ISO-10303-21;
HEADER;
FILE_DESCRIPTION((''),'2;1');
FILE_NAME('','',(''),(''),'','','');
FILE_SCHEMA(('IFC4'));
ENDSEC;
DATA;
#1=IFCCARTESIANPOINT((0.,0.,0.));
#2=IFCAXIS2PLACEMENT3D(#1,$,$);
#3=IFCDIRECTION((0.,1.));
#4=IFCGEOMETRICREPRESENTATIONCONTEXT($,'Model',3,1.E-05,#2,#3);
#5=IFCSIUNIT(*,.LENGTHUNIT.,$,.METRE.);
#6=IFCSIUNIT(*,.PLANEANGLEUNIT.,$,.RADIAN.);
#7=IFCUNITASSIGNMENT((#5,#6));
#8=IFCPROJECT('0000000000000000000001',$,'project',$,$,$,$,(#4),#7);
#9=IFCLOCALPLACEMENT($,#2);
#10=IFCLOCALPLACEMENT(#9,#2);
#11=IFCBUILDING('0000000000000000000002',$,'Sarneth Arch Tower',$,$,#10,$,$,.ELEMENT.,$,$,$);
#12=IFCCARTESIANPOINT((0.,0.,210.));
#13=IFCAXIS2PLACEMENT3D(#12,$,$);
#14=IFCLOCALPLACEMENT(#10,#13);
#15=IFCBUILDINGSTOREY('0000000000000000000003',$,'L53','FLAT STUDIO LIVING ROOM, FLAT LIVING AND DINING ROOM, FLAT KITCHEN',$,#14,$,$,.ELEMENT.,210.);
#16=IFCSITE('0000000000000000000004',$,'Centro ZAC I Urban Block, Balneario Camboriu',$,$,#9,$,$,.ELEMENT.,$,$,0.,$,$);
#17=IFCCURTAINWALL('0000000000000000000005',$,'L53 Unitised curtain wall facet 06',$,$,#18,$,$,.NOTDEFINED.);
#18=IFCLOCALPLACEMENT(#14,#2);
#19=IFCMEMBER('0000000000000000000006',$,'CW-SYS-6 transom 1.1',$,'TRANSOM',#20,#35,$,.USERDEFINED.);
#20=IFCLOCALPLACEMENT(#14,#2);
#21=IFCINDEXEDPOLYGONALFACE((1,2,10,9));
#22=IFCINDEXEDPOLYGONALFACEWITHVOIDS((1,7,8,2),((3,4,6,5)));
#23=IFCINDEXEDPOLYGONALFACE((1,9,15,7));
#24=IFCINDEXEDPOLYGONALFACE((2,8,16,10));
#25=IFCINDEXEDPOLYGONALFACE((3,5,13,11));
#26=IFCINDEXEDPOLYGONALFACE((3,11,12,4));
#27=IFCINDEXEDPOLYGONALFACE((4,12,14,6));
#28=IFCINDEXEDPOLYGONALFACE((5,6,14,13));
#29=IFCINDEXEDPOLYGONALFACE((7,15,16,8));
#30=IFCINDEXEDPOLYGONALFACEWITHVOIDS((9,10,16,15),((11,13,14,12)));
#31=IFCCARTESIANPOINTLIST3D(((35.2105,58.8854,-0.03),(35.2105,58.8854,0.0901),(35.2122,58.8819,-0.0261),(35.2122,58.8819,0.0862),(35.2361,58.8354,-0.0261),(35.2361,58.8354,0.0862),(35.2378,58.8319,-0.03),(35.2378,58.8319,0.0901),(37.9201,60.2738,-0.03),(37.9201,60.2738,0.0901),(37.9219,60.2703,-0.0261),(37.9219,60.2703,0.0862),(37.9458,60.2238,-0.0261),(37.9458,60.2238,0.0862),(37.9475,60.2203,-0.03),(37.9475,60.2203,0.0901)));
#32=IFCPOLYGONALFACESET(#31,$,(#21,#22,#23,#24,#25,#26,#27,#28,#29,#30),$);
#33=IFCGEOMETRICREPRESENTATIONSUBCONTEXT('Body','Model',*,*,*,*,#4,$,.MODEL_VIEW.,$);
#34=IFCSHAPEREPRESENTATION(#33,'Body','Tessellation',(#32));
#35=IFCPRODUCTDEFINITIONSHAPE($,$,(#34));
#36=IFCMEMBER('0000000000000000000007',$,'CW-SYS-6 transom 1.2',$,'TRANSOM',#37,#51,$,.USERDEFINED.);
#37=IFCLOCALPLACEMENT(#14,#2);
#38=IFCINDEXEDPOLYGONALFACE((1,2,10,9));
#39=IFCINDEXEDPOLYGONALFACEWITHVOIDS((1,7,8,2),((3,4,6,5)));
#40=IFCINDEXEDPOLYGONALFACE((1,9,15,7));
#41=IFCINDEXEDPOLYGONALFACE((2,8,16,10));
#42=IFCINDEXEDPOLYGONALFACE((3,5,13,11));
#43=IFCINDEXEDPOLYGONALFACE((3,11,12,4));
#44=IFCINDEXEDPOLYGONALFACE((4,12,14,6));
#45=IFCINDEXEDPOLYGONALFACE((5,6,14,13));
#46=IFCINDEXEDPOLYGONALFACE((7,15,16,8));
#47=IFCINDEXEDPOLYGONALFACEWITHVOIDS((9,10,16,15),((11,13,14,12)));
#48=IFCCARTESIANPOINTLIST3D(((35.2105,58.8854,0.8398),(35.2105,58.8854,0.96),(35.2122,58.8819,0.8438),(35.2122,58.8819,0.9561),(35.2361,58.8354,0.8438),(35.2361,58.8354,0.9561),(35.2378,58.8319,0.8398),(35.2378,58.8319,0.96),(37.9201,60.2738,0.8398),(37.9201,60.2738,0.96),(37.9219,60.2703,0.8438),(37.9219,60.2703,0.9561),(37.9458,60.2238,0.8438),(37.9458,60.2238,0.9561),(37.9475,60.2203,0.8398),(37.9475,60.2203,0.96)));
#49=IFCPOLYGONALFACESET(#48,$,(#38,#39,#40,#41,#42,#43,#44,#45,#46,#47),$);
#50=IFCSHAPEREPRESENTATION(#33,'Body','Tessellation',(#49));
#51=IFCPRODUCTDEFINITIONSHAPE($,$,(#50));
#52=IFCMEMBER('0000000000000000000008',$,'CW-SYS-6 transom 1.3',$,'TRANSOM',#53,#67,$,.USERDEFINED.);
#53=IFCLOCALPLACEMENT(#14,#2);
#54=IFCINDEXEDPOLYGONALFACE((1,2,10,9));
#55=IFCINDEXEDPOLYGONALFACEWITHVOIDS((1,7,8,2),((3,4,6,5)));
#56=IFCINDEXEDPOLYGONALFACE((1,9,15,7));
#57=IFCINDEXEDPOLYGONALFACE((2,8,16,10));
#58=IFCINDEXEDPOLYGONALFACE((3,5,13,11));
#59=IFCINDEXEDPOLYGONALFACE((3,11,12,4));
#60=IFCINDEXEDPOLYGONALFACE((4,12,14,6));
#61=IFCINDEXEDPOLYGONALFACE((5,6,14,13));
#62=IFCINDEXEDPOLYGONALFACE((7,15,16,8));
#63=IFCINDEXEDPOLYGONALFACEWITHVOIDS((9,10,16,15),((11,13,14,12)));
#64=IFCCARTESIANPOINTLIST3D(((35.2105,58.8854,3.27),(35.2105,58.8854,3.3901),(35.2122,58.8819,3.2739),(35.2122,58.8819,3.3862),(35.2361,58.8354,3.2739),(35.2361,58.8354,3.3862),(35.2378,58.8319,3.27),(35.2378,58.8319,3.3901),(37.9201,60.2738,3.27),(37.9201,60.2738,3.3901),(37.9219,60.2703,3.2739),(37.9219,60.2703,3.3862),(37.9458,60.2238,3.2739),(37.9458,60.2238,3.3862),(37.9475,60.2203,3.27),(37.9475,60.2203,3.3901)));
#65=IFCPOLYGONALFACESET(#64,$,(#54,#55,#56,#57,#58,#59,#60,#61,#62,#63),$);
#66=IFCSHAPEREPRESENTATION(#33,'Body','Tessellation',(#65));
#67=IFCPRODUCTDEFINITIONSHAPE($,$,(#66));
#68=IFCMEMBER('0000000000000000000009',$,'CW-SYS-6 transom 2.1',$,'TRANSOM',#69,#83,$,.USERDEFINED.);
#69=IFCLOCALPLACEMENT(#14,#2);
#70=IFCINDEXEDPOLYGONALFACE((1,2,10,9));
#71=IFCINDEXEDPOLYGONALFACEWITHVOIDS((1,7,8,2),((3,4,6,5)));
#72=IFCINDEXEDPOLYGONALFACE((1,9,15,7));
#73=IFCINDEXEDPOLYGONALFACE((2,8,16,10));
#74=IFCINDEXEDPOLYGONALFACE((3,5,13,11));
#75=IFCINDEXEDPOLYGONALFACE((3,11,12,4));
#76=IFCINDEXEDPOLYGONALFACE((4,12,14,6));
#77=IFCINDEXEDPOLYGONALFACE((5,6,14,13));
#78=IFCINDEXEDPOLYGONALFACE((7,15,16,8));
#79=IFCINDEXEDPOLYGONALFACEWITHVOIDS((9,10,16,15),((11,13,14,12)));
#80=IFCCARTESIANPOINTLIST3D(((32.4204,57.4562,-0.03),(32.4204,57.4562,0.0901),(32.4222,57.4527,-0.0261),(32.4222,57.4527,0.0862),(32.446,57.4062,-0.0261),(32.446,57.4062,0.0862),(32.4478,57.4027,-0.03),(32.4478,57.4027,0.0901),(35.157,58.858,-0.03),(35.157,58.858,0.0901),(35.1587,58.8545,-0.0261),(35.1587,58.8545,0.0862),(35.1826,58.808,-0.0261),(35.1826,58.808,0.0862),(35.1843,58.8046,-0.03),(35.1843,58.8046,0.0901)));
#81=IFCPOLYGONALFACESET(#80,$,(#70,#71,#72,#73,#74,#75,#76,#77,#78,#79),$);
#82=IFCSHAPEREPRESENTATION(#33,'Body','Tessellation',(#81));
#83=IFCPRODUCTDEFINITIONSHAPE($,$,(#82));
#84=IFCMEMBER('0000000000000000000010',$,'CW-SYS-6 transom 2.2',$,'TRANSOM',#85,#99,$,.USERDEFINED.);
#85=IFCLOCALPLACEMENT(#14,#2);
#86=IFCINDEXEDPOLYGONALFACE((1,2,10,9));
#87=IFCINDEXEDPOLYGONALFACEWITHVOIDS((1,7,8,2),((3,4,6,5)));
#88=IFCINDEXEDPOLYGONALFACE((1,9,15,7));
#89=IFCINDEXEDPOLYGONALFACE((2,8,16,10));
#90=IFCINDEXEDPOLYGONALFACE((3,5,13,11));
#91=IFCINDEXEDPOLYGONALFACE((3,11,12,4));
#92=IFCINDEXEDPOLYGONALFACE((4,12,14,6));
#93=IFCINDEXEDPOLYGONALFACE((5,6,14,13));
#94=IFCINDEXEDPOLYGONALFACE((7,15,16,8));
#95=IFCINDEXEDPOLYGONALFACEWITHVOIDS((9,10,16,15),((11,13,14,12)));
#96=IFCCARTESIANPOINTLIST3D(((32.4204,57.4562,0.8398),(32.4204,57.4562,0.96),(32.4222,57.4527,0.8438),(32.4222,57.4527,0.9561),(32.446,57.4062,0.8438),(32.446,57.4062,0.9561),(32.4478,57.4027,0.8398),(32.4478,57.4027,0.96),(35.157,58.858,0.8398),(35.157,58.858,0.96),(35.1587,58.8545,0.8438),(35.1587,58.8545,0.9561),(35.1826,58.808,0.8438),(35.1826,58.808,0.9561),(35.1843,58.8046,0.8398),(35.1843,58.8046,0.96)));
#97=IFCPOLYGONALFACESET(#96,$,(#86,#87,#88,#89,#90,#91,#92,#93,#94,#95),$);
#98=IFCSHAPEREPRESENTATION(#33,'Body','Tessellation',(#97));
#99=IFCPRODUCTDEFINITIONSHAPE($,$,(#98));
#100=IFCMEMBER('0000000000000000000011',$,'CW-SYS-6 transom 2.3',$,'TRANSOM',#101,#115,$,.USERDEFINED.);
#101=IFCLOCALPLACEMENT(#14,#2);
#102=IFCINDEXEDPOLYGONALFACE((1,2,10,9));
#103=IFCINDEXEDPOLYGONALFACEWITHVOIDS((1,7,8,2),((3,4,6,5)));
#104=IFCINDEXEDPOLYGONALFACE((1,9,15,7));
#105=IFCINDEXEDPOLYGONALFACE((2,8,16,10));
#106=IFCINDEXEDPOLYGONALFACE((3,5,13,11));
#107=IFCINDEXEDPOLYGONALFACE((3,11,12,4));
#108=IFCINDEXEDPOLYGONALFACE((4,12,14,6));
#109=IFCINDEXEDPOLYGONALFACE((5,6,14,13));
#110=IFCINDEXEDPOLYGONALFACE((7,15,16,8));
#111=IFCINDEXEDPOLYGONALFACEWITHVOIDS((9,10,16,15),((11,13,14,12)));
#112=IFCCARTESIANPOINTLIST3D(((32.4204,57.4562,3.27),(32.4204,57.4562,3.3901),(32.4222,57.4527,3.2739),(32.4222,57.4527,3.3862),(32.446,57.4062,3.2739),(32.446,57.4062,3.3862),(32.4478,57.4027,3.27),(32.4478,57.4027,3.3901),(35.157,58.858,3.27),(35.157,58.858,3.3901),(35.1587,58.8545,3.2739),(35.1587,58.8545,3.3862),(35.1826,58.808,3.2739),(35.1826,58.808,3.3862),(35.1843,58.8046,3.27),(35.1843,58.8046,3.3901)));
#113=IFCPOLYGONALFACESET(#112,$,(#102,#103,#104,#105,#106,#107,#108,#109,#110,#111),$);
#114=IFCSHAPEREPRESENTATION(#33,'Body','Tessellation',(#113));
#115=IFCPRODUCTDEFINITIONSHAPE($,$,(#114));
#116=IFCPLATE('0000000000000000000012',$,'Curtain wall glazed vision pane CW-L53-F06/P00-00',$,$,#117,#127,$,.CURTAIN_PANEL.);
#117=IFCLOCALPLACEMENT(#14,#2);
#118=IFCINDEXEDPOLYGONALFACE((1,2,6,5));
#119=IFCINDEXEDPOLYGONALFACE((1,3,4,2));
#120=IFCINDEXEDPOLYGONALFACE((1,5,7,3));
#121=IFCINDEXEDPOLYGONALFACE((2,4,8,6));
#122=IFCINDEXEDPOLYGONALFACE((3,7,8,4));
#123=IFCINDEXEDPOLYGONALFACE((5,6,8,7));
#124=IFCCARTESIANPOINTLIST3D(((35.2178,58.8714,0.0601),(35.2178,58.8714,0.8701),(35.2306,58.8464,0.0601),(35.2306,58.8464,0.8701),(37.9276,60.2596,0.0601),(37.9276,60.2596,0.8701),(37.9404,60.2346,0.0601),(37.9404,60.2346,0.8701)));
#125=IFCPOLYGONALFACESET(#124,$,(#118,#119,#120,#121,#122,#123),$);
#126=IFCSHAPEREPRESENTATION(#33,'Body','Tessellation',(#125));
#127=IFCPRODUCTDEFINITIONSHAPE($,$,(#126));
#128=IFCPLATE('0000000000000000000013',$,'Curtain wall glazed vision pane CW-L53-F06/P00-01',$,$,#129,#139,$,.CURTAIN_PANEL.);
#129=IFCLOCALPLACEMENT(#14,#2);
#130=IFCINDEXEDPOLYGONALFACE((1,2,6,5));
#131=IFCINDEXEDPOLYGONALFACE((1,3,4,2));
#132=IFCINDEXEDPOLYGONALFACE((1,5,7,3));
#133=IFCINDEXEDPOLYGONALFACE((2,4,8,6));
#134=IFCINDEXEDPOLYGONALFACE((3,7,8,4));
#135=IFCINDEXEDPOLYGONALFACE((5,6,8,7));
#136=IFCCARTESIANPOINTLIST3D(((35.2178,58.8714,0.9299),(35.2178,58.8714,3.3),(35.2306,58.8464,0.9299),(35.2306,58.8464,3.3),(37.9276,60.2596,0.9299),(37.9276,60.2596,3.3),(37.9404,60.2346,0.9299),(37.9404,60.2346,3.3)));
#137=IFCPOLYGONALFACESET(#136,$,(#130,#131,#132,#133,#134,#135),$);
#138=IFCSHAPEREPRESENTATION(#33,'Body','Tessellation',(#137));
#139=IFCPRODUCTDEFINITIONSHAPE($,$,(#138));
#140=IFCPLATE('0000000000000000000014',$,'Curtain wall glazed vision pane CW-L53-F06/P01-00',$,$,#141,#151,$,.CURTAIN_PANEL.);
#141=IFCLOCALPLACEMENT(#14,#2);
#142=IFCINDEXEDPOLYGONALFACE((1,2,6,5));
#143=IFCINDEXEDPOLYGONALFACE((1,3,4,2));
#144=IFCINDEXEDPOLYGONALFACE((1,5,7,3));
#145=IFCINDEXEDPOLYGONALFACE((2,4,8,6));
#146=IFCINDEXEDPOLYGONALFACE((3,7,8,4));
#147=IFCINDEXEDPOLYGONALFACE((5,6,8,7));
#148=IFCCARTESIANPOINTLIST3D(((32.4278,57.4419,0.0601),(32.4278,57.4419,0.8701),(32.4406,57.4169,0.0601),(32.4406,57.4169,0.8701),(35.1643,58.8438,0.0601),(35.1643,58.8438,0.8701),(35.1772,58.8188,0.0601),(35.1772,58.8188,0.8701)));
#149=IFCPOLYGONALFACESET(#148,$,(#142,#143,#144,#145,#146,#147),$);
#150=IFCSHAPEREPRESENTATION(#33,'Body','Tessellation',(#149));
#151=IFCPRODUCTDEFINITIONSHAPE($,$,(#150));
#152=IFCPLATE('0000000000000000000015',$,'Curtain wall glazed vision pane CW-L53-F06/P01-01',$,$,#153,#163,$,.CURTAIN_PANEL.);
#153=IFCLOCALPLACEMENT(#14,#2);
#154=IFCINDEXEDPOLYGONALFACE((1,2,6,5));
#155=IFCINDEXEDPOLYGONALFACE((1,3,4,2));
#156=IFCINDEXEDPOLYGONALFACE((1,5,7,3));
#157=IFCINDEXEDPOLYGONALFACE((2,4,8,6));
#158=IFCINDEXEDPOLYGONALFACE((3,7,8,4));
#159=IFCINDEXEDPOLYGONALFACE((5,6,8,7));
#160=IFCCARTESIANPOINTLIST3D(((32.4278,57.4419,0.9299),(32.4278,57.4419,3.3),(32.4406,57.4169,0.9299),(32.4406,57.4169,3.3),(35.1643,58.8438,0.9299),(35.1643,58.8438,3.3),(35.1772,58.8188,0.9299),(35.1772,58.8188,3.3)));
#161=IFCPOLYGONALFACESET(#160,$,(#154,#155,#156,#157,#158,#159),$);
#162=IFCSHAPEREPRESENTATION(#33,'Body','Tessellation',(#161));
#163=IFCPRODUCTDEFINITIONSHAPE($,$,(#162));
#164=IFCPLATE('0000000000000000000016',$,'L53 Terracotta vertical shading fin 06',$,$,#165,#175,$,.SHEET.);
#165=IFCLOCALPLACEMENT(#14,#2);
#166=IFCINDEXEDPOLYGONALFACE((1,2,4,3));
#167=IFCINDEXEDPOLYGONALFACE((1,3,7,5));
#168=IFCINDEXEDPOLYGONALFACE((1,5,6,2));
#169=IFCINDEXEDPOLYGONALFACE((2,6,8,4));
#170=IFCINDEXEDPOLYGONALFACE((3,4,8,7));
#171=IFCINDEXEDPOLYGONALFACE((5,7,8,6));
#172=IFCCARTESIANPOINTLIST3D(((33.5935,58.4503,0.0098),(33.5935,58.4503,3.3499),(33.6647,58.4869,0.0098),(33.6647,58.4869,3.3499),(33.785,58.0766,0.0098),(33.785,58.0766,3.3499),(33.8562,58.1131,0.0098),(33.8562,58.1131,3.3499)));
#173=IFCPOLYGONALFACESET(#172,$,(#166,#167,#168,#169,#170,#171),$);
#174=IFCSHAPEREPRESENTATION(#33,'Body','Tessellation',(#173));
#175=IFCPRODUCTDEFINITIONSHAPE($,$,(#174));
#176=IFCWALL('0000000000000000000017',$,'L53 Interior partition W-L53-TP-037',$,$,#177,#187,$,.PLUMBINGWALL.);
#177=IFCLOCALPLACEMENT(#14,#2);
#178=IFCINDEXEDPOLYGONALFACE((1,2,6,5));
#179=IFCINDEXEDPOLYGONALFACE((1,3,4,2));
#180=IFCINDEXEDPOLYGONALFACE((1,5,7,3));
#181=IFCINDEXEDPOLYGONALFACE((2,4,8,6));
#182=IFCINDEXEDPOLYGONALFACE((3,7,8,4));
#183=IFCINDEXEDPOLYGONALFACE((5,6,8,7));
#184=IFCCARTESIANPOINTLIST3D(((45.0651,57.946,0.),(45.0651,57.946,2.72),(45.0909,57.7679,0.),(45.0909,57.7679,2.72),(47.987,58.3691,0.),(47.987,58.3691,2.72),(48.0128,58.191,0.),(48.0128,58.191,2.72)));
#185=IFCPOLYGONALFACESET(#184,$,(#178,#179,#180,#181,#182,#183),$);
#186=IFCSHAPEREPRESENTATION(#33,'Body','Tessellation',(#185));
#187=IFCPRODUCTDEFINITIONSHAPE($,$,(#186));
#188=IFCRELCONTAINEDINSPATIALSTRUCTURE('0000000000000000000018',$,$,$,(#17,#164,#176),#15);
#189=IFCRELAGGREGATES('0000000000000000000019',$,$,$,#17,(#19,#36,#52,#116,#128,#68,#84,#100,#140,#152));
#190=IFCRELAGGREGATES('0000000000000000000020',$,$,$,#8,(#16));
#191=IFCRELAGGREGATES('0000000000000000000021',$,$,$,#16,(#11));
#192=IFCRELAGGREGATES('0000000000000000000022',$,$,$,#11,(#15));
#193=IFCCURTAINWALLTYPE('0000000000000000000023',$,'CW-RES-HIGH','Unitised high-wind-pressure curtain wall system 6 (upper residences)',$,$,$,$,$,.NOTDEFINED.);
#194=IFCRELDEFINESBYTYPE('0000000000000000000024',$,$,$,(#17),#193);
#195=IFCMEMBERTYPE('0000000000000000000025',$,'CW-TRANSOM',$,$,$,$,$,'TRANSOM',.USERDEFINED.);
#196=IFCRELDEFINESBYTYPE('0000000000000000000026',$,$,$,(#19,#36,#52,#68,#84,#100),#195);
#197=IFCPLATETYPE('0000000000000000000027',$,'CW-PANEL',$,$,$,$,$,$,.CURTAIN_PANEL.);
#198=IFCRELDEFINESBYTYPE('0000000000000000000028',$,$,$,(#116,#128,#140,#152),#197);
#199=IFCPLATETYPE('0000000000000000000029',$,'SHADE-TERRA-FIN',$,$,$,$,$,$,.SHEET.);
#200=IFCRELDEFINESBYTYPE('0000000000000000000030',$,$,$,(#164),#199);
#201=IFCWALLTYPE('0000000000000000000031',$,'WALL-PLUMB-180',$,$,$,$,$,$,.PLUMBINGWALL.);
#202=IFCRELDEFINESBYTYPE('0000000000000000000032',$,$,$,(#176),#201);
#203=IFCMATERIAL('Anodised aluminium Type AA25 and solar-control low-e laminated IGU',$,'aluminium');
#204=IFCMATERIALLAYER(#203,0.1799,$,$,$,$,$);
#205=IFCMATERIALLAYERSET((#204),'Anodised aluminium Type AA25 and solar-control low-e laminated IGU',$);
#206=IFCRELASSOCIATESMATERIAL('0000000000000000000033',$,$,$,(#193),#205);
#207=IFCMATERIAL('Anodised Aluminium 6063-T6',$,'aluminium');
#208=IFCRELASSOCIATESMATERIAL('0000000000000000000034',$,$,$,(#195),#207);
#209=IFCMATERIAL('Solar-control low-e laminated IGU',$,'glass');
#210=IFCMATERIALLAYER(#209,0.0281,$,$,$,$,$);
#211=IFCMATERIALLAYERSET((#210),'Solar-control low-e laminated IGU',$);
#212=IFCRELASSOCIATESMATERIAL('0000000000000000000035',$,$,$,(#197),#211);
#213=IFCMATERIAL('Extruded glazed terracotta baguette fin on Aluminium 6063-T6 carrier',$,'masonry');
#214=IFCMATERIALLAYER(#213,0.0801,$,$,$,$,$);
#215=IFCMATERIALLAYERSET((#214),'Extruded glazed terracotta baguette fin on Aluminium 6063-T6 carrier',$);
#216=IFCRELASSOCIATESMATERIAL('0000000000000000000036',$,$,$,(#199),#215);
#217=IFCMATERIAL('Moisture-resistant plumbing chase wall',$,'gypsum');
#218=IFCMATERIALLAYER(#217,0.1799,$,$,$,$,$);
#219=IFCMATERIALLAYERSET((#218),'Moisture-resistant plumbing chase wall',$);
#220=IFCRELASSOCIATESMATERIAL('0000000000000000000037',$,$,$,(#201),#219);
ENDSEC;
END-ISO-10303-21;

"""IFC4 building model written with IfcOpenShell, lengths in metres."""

from ifc_helpers import new_model, si_unit, direction, frame, frame_2d, origin, origin_2d, place, context, subcontext, project, spatial, rectangle, hollow_rectangle, extrude, material, layer, layer_set, material_profile, profile_set, type_object, element, aggregate, save


model = new_model("IFC4")

# Units and contexts
model_context = context("Model", 3, precision=1e-05, world=origin(), true_north=direction((0.0, 1.0)))
body_context = subcontext(model_context, "Body", "Model", "MODEL_VIEW")
ifc_project = project(units=[si_unit("LENGTHUNIT", "METRE"), si_unit("PLANEANGLEUNIT", "RADIAN")], contexts=[model_context])

# Site, building, storey
site_placement = place(None, origin())
site = spatial("IfcSite", under=ifc_project, at=site_placement, Name="Centro ZAC I Urban Block, Balneario Camboriu", CompositionType="ELEMENT", RefElevation=0.0)
building_placement = place(site_placement, origin())
building = spatial("IfcBuilding", under=site, at=building_placement, Name="Sarneth Arch Tower", CompositionType="ELEMENT")
storey_placement = place(building_placement, frame((0.0, 0.0, 210.0)))
storey = spatial("IfcBuildingStorey", under=building, at=storey_placement, Name="L53", Description="FLAT STUDIO LIVING ROOM, FLAT LIVING AND DINING ROOM, FLAT KITCHEN", CompositionType="ELEMENT", Elevation=210.0)

# Curtain wall, members, plates
ifc_material_1 = material(Name="Anodised aluminium Type AA25 and solar-control low-e laminated IGU", Category="aluminium")
ifc_layer_1 = layer(ifc_material_1, 0.1799)
ifc_layer_set_1 = layer_set([ifc_layer_1], Name="Anodised aluminium Type AA25 and solar-control low-e laminated IGU")
curtain_wall_type = type_object("IfcCurtainWallType", Name="CW-RES-HIGH", Description="Unitised high-wind-pressure curtain wall system 6 (upper residences)", PredefinedType="NOTDEFINED", material=ifc_layer_set_1)
curtain_wall_placement = place(storey_placement, origin())
curtain_wall = element("IfcCurtainWall", 1, at=curtain_wall_placement, inside=storey, type_object=curtain_wall_type, Name="L53 Unitised curtain wall facet 06", PredefinedType="NOTDEFINED")
ifc_material_2 = material(Name="Anodised Aluminium 6063-T6", Category="aluminium")
ifc_material_profile_1 = material_profile(ifc_material_2, hollow_rectangle(XDim=0.0601, YDim=0.1201, WallThickness=0.0039, at=origin_2d()), Name="AL-TRAN-120x60x4")
ifc_profile_set_1 = profile_set([ifc_material_profile_1], Name="Anodised Aluminium 6063-T6")
member_type_1 = type_object("IfcMemberType", Name="CW-TRANSOM", ElementType="TRANSOM", PredefinedType="USERDEFINED", material=ifc_profile_set_1)
member_1_placement = place(storey_placement, frame((37.9338, 60.2471, 0.03), z_axis=(-0.889974, -0.456012, 0.0), x_axis=(0.456012, -0.889974, 0.0)))
member_1 = element("IfcMember", 2, at=member_1_placement, type_object=member_type_1, Name="CW-SYS-6 transom 1.1", ObjectType="TRANSOM", PredefinedType="USERDEFINED", context=body_context, shape_type="SweptSolid", body=[
    extrude(hollow_rectangle(XDim=0.0601, YDim=0.1201, WallThickness=0.0039, at=origin_2d()), origin(), (0.0, 0.0, 1.0), 3.0447),
])
member_2_placement = place(storey_placement, frame((37.9338, 60.2471, 0.8999), z_axis=(-0.889974, -0.456012, 0.0), x_axis=(0.456012, -0.889974, 0.0)))
member_2 = element("IfcMember", 3, at=member_2_placement, type_object=member_type_1, Name="CW-SYS-6 transom 1.2", ObjectType="TRANSOM", PredefinedType="USERDEFINED", context=body_context, shape_type="SweptSolid", body=[
    extrude(hollow_rectangle(XDim=0.0601, YDim=0.1201, WallThickness=0.0039, at=origin_2d()), origin(), (0.0, 0.0, 1.0), 3.0447),
])
member_3_placement = place(storey_placement, frame((37.9338, 60.2471, 3.3301), z_axis=(-0.889974, -0.456012, 0.0), x_axis=(0.456012, -0.889974, 0.0)))
member_3 = element("IfcMember", 4, at=member_3_placement, type_object=member_type_1, Name="CW-SYS-6 transom 1.3", ObjectType="TRANSOM", PredefinedType="USERDEFINED", context=body_context, shape_type="SweptSolid", body=[
    extrude(hollow_rectangle(XDim=0.0601, YDim=0.1201, WallThickness=0.0039, at=origin_2d()), origin(), (0.0, 0.0, 1.0), 3.0447),
])
member_4_placement = place(storey_placement, frame((35.1707, 58.8313, 0.03), z_axis=(-0.890017, -0.455926, 0.0), x_axis=(0.455926, -0.890017, 0.0)))
member_4 = element("IfcMember", 5, at=member_4_placement, type_object=member_type_1, Name="CW-SYS-6 transom 2.1", ObjectType="TRANSOM", PredefinedType="USERDEFINED", context=body_context, shape_type="SweptSolid", body=[
    extrude(hollow_rectangle(XDim=0.0601, YDim=0.1201, WallThickness=0.0039, at=origin_2d()), origin(), (0.0, 0.0, 1.0), 3.0747),
])
member_5_placement = place(storey_placement, frame((35.1707, 58.8313, 0.8999), z_axis=(-0.890017, -0.455926, 0.0), x_axis=(0.455926, -0.890017, 0.0)))
member_5 = element("IfcMember", 6, at=member_5_placement, type_object=member_type_1, Name="CW-SYS-6 transom 2.2", ObjectType="TRANSOM", PredefinedType="USERDEFINED", context=body_context, shape_type="SweptSolid", body=[
    extrude(hollow_rectangle(XDim=0.0601, YDim=0.1201, WallThickness=0.0039, at=origin_2d()), origin(), (0.0, 0.0, 1.0), 3.0747),
])
member_6_placement = place(storey_placement, frame((35.1707, 58.8313, 3.3301), z_axis=(-0.890017, -0.455926, 0.0), x_axis=(0.455926, -0.890017, 0.0)))
member_6 = element("IfcMember", 7, at=member_6_placement, type_object=member_type_1, Name="CW-SYS-6 transom 2.3", ObjectType="TRANSOM", PredefinedType="USERDEFINED", context=body_context, shape_type="SweptSolid", body=[
    extrude(hollow_rectangle(XDim=0.0601, YDim=0.1201, WallThickness=0.0039, at=origin_2d()), origin(), (0.0, 0.0, 1.0), 3.0747),
])
ifc_material_3 = material(Name="Solar-control low-e laminated IGU", Category="glass")
ifc_layer_2 = layer(ifc_material_3, 0.0281)
ifc_layer_set_2 = layer_set([ifc_layer_2], Name="Solar-control low-e laminated IGU")
plate_type_1 = type_object("IfcPlateType", Name="CW-PANEL", PredefinedType="CURTAIN_PANEL", material=ifc_layer_set_2)
plate_1_placement = place(storey_placement, frame((36.5791, 59.553, 0.0601), z_axis=(0.0, 0.0, 1.0), x_axis=(-0.89001, -0.455942, 0.0)))
plate_1 = element("IfcPlate", 8, at=plate_1_placement, type_object=plate_type_1, Name="Curtain wall glazed vision pane CW-L53-F06/P00-00", PredefinedType="CURTAIN_PANEL", context=body_context, shape_type="SweptSolid", body=[
    extrude(rectangle(XDim=3.0447, YDim=0.0281, at=origin_2d()), origin(), (0.0, 0.0, 1.0), 0.8101),
])
plate_2_placement = place(storey_placement, frame((36.5791, 59.553, 0.9299), z_axis=(0.0, 0.0, 1.0), x_axis=(-0.89001, -0.455942, 0.0)))
plate_2 = element("IfcPlate", 9, at=plate_2_placement, type_object=plate_type_1, Name="Curtain wall glazed vision pane CW-L53-F06/P00-01", PredefinedType="CURTAIN_PANEL", context=body_context, shape_type="SweptSolid", body=[
    extrude(rectangle(XDim=3.0447, YDim=0.0281, at=origin_2d()), origin(), (0.0, 0.0, 1.0), 2.3701),
])
plate_3_placement = place(storey_placement, frame((33.8025, 58.1304, 0.0601), z_axis=(0.0, 0.0, 1.0), x_axis=(-0.89001, -0.455942, 0.0)))
plate_3 = element("IfcPlate", 10, at=plate_3_placement, type_object=plate_type_1, Name="Curtain wall glazed vision pane CW-L53-F06/P01-00", PredefinedType="CURTAIN_PANEL", context=body_context, shape_type="SweptSolid", body=[
    extrude(rectangle(XDim=3.0747, YDim=0.0281, at=origin_2d()), origin(), (0.0, 0.0, 1.0), 0.8101),
])
plate_4_placement = place(storey_placement, frame((33.8025, 58.1304, 0.9299), z_axis=(0.0, 0.0, 1.0), x_axis=(-0.89001, -0.455942, 0.0)))
plate_4 = element("IfcPlate", 11, at=plate_4_placement, type_object=plate_type_1, Name="Curtain wall glazed vision pane CW-L53-F06/P01-01", PredefinedType="CURTAIN_PANEL", context=body_context, shape_type="SweptSolid", body=[
    extrude(rectangle(XDim=3.0747, YDim=0.0281, at=origin_2d()), origin(), (0.0, 0.0, 1.0), 2.3701),
])
aggregate(curtain_wall, [member_1, member_2, member_3, plate_1, plate_2, member_4, member_5, member_6, plate_3, plate_4])

# Plate
ifc_material_4 = material(Name="Extruded glazed terracotta baguette fin on Aluminium 6063-T6 carrier", Category="masonry")
ifc_layer_3 = layer(ifc_material_4, 0.0801)
ifc_layer_set_3 = layer_set([ifc_layer_3], Name="Extruded glazed terracotta baguette fin on Aluminium 6063-T6 carrier")
plate_type_2 = type_object("IfcPlateType", Name="SHADE-TERRA-FIN", PredefinedType="SHEET", material=ifc_layer_set_3)
plate_5_placement = place(storey_placement, frame((33.7249, 58.2817, 0.0098), z_axis=(0.0, 0.0, 1.0), x_axis=(-0.456011, 0.889974, 0.0)))
element("IfcPlate", 12, at=plate_5_placement, inside=storey, type_object=plate_type_2, Name="L53 Terracotta vertical shading fin 06", PredefinedType="SHEET", context=body_context, shape_type="SweptSolid", body=[
    extrude(rectangle(XDim=0.4199, YDim=0.0801, at=origin_2d()), origin(), (0.0, 0.0, 1.0), 3.3401),
])

# Wall
ifc_material_5 = material(Name="Moisture-resistant plumbing chase wall", Category="gypsum")
ifc_layer_4 = layer(ifc_material_5, 0.1799)
ifc_layer_set_4 = layer_set([ifc_layer_4], Name="Moisture-resistant plumbing chase wall")
wall_type = type_object("IfcWallType", Name="WALL-PLUMB-180", PredefinedType="PLUMBINGWALL", material=ifc_layer_set_4)
wall_placement = place(storey_placement, frame((45.0781, 57.8569, 0.0), z_axis=(0.0, 0.0, 1.0), x_axis=(0.989678, 0.143308, 0.0)))
element("IfcWall", 13, at=wall_placement, inside=storey, type_object=wall_type, Name="L53 Interior partition W-L53-TP-037", PredefinedType="PLUMBINGWALL", context=body_context, shape_type="SweptSolid", body=[
    extrude(rectangle(XDim=2.9524, YDim=0.1799, at=frame_2d((1.4761, 0.0))), origin(), (0.0, 0.0, 1.0), 2.72),
])

save(model, "model.ifc")
